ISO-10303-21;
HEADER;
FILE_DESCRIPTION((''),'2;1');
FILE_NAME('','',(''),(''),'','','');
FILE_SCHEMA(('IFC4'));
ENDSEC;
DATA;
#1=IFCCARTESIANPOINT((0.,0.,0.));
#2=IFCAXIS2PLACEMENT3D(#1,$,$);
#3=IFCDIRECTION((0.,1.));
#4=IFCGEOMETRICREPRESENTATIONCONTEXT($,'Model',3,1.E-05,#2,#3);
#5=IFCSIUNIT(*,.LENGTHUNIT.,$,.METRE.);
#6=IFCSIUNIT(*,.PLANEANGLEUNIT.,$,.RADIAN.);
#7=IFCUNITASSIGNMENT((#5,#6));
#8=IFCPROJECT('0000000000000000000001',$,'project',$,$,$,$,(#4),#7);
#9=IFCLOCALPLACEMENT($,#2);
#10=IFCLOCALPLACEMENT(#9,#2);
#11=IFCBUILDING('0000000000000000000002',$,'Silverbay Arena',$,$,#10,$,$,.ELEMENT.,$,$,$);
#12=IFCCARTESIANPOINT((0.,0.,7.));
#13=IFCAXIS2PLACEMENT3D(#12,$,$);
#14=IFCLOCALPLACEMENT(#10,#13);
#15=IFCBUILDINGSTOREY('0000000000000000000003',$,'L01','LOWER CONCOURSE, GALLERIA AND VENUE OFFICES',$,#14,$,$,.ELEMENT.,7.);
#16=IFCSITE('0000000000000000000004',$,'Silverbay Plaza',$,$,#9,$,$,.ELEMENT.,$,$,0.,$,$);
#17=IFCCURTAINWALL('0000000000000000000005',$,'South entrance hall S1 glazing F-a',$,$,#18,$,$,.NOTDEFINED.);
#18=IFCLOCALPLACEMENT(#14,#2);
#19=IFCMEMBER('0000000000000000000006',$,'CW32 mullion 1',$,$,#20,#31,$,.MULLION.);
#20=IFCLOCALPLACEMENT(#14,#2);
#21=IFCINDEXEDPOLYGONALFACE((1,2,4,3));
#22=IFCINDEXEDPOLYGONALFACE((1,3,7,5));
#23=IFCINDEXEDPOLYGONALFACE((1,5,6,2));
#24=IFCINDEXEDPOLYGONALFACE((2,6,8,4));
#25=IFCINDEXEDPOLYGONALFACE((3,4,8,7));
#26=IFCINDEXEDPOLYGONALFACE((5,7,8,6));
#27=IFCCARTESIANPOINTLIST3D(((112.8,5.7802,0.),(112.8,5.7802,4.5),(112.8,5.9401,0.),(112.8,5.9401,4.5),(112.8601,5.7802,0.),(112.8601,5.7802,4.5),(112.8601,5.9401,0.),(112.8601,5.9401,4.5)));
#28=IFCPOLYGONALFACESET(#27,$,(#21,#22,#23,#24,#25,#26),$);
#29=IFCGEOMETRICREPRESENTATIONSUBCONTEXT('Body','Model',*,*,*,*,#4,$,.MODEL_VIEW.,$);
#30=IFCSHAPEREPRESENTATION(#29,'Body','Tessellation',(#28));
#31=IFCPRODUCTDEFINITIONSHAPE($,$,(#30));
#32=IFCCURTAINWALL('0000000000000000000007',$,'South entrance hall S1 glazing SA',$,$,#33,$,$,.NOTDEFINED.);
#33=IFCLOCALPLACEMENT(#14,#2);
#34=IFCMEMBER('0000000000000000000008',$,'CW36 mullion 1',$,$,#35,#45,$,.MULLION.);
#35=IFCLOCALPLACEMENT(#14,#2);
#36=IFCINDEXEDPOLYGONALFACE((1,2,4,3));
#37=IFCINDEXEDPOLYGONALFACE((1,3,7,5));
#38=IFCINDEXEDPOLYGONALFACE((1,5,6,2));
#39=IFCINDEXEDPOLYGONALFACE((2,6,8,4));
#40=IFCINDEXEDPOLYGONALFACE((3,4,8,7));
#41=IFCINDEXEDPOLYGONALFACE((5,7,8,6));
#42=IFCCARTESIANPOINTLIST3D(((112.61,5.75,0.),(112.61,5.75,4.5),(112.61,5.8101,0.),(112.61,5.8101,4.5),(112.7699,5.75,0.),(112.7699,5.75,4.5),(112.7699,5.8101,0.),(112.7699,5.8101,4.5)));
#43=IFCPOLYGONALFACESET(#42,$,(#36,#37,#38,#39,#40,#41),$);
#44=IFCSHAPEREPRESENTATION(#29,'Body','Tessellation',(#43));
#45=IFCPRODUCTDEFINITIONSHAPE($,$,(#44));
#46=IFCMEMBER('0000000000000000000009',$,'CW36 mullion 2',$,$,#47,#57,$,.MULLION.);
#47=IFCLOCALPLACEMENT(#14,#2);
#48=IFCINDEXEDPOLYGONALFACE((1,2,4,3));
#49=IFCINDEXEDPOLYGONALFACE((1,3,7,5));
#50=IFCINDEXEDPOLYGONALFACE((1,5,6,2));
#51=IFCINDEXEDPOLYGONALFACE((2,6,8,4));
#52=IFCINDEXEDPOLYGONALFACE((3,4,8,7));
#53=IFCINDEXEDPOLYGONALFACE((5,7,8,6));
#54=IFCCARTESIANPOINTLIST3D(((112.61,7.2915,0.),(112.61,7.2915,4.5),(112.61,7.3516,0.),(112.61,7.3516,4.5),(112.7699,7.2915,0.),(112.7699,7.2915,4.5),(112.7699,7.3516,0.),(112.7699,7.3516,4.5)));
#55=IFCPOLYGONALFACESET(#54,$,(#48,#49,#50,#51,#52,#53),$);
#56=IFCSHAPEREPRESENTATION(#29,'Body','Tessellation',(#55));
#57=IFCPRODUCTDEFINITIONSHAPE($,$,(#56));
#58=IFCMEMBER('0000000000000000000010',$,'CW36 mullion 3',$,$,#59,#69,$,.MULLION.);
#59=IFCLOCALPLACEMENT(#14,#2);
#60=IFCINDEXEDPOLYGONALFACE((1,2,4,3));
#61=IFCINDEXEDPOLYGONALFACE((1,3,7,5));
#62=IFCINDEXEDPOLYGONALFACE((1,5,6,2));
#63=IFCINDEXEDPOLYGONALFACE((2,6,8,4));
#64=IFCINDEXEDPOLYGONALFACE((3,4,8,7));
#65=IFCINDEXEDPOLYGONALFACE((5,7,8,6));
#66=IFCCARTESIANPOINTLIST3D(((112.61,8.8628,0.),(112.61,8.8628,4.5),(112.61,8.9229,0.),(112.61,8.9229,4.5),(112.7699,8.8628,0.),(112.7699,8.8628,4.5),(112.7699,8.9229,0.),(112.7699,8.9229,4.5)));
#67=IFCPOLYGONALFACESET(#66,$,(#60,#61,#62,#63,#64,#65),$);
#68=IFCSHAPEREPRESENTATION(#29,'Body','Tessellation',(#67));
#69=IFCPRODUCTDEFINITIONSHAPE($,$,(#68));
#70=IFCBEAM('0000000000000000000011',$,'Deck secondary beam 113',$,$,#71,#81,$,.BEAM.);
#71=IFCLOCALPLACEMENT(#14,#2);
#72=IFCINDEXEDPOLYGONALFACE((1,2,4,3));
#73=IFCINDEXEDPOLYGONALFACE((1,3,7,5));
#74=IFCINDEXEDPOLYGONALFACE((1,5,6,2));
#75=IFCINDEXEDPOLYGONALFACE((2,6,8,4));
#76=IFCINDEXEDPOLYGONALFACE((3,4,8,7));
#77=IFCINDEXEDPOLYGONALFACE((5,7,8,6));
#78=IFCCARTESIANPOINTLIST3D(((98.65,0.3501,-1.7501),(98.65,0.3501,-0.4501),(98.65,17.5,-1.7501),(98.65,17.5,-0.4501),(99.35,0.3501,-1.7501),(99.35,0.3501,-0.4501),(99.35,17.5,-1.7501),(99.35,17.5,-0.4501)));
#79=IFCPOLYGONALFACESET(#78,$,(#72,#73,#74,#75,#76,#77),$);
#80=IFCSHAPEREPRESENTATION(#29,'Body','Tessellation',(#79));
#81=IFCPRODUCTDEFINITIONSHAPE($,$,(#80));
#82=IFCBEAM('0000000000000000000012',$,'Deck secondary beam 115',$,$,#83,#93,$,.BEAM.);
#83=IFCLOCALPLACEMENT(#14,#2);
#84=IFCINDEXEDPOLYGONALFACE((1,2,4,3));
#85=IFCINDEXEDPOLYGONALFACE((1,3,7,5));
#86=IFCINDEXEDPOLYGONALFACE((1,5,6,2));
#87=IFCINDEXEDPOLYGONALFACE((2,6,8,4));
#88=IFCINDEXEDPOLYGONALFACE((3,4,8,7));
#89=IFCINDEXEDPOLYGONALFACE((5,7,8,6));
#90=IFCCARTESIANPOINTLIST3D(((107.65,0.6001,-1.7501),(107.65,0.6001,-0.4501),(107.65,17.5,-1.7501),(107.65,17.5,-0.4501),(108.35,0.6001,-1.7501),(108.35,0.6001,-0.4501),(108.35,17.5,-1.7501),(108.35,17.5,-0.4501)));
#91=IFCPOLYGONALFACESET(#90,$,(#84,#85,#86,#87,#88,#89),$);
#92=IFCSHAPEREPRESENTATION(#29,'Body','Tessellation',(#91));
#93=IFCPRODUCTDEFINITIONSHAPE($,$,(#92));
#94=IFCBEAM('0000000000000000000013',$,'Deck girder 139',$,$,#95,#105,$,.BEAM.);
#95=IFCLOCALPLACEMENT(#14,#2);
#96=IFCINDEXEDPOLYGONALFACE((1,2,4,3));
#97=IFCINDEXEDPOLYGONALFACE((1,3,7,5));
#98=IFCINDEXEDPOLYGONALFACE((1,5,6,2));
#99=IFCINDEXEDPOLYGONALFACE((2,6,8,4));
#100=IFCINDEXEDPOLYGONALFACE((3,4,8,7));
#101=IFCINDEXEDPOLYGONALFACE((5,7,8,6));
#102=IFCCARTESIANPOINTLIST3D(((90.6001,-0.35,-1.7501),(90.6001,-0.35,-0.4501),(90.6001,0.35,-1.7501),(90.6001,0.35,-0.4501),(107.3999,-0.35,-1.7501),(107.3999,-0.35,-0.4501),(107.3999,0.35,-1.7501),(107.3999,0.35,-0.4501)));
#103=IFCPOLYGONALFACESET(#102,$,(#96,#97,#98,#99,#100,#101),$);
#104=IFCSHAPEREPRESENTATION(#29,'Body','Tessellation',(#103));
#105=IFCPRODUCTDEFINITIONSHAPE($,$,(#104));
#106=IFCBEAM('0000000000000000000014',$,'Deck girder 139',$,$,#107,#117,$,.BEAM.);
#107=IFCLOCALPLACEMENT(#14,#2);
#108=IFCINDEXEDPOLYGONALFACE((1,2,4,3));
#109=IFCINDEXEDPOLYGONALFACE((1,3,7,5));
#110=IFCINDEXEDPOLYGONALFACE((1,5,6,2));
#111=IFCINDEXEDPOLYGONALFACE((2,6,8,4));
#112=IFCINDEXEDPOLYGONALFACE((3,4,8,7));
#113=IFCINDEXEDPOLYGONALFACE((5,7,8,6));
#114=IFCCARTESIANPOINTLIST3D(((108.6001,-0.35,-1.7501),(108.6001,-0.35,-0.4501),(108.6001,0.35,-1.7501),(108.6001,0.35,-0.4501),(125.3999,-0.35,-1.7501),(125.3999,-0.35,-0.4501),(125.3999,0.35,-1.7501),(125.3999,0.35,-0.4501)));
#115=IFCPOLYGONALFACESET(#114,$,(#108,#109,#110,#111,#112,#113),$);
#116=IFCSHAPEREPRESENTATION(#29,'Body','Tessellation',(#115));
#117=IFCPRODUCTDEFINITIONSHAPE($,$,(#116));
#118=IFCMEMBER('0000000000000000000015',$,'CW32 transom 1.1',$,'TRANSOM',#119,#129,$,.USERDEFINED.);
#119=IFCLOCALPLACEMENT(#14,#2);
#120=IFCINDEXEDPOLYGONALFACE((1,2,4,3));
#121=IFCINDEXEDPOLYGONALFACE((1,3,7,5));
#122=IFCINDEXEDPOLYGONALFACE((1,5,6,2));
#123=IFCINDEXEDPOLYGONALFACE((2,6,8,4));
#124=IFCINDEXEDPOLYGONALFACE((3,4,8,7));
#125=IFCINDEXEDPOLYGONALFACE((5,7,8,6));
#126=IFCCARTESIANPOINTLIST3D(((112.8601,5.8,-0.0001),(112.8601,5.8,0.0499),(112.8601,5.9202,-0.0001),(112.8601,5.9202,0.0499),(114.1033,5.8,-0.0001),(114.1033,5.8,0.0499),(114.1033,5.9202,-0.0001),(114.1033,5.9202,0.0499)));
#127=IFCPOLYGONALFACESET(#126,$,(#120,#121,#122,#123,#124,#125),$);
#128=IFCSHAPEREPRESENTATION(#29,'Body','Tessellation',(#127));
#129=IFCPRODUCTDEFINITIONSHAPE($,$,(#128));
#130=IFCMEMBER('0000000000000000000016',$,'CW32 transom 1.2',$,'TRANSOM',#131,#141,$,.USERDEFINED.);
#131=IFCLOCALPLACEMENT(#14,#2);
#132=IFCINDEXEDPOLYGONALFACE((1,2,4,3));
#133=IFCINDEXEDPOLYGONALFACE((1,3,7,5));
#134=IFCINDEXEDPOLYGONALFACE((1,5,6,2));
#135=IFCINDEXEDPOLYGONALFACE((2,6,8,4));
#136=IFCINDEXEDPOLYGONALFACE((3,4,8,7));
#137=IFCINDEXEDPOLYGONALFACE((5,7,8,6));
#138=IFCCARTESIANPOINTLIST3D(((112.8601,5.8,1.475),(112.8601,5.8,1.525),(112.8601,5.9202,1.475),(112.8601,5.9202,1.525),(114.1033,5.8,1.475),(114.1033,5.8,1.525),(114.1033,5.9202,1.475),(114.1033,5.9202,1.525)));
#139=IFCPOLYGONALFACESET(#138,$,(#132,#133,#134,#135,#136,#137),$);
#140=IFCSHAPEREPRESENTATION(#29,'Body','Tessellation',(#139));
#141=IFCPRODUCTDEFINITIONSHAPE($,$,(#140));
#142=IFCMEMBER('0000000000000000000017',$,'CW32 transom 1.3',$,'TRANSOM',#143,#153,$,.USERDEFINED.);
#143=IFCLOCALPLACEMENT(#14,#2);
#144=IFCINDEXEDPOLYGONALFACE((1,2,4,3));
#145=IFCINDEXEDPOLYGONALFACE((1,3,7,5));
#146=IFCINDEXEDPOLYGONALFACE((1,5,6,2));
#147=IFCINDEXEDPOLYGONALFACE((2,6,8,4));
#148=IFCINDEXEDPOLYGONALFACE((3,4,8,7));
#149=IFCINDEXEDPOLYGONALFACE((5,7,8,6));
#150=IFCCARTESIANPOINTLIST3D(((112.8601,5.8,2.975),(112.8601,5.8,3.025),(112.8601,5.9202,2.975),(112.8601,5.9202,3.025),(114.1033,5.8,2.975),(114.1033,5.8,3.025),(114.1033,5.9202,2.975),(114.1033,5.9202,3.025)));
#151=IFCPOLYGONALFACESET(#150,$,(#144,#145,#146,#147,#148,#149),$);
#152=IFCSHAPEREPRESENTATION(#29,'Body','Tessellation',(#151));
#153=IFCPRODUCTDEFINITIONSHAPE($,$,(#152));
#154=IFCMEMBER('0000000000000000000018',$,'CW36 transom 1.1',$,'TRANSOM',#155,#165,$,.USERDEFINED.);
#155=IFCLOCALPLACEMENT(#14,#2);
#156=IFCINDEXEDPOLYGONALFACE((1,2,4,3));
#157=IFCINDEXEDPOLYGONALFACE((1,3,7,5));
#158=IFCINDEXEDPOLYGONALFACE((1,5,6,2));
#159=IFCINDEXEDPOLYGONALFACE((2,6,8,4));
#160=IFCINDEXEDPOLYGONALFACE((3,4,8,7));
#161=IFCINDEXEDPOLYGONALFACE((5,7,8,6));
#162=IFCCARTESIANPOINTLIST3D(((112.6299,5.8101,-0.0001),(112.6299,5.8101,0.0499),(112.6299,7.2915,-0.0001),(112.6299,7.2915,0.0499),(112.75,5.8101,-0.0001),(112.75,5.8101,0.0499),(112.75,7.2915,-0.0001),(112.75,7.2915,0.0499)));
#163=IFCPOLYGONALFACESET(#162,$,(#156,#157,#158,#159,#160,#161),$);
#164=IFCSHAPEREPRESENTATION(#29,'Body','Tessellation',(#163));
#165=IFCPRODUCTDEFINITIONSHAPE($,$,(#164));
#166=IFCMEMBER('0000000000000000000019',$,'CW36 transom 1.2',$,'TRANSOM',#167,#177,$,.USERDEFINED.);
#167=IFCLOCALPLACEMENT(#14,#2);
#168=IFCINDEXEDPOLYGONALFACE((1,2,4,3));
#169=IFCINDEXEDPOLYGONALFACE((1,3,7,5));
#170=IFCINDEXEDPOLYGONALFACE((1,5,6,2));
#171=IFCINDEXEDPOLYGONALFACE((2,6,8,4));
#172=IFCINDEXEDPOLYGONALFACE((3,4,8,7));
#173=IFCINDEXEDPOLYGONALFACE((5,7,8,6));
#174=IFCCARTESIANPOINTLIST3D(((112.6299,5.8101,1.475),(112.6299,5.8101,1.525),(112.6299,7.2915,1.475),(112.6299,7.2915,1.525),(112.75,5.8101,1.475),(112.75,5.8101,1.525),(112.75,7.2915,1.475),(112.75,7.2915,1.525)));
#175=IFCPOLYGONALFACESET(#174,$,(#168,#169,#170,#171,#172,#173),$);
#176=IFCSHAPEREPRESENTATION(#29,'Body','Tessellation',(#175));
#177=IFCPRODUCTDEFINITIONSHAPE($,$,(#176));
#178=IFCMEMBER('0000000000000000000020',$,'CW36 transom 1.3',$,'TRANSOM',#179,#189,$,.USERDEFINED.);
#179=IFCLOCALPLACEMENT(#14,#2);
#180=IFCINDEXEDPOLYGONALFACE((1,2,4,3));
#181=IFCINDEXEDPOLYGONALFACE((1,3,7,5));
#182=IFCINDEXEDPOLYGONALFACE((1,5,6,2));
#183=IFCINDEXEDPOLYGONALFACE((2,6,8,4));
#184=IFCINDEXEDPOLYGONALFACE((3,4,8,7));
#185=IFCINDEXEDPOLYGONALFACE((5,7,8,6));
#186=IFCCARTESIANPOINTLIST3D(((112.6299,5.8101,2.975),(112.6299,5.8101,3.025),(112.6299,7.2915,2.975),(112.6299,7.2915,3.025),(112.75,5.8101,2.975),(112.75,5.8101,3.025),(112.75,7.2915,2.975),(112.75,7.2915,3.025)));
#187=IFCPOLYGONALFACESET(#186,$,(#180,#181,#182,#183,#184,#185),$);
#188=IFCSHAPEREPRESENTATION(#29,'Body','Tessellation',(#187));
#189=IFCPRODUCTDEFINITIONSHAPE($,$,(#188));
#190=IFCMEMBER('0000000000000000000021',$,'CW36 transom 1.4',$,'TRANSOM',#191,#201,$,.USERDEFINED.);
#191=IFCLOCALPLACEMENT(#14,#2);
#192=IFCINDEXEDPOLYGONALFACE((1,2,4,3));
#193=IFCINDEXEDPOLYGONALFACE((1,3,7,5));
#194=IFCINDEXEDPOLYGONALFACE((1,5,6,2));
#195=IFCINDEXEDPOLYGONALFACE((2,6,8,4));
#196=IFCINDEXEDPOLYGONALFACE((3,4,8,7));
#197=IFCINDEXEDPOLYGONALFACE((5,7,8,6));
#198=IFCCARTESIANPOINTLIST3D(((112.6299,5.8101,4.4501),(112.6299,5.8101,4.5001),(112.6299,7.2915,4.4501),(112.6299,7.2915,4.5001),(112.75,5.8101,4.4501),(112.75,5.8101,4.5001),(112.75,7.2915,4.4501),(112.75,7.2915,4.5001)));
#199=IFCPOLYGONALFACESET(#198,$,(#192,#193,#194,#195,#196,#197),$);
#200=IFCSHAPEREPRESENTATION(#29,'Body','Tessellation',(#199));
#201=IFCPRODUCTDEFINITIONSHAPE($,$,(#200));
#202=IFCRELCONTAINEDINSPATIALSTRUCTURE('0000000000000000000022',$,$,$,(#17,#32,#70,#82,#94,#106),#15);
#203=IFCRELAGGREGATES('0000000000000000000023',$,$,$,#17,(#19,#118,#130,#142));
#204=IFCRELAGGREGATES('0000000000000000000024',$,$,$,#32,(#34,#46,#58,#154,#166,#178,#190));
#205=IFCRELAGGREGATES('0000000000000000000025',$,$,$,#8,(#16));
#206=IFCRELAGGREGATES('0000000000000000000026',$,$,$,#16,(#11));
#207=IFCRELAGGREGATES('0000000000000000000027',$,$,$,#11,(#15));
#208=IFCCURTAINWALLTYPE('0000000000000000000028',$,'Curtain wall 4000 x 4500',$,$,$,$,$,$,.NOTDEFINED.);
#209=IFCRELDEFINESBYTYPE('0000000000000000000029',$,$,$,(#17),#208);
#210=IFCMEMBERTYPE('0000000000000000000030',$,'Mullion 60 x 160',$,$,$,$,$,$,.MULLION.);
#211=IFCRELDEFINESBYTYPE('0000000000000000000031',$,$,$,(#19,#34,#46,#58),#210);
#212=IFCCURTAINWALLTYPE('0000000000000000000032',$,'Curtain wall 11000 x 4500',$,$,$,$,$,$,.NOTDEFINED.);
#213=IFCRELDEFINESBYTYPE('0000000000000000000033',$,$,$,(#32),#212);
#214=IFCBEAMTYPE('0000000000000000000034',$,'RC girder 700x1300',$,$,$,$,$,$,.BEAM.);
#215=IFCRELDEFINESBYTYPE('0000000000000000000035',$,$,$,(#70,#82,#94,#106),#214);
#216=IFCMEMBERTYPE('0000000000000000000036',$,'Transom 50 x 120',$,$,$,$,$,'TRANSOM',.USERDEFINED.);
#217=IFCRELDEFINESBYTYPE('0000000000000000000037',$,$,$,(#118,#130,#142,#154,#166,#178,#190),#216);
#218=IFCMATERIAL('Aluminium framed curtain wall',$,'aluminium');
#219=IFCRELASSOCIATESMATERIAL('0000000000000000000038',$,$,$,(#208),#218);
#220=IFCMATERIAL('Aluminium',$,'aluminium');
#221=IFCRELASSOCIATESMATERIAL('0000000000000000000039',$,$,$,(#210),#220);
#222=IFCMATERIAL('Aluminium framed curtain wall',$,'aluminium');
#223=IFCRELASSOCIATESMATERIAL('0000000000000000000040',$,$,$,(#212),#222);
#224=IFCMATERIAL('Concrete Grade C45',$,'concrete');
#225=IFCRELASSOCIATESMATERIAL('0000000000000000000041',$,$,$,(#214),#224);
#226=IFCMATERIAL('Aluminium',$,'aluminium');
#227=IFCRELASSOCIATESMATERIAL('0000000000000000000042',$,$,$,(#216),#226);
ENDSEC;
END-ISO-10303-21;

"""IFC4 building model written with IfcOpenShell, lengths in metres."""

from ifc_helpers import new_model, si_unit, direction, frame, origin, origin_2d, place, context, subcontext, project, spatial, rectangle, extrude, material, material_profile, profile_set, type_object, element, aggregate, save


model = new_model("IFC4")

# Units and contexts
model_context = context("Model", 3, precision=1e-05, world=origin(), true_north=direction((0.0, 1.0)))
body_context = subcontext(model_context, "Body", "Model", "MODEL_VIEW")
ifc_project = project(units=[si_unit("LENGTHUNIT", "METRE"), si_unit("PLANEANGLEUNIT", "RADIAN")], contexts=[model_context])

# Site, building, storey
site_placement = place(None, origin())
site = spatial("IfcSite", under=ifc_project, at=site_placement, Name="Silverbay Plaza", CompositionType="ELEMENT", RefElevation=0.0)
building_placement = place(site_placement, origin())
building = spatial("IfcBuilding", under=site, at=building_placement, Name="Silverbay Arena", CompositionType="ELEMENT")
storey_placement = place(building_placement, frame((0.0, 0.0, 7.0)))
storey = spatial("IfcBuildingStorey", under=building, at=storey_placement, Name="L01", Description="LOWER CONCOURSE, GALLERIA AND VENUE OFFICES", CompositionType="ELEMENT", Elevation=7.0)

# Curtain wall, member
ifc_material_1 = material(Name="Aluminium framed curtain wall", Category="aluminium")
curtain_wall_type_1 = type_object("IfcCurtainWallType", Name="Curtain wall 4000 x 4500", PredefinedType="NOTDEFINED", material=ifc_material_1)
curtain_wall_1_placement = place(storey_placement, origin())
curtain_wall_1 = element("IfcCurtainWall", 1, at=curtain_wall_1_placement, inside=storey, type_object=curtain_wall_type_1, Name="South entrance hall S1 glazing F-a", PredefinedType="NOTDEFINED")
ifc_material_2 = material(Name="Aluminium", Category="aluminium")
ifc_material_profile_1 = material_profile(ifc_material_2, rectangle(XDim=0.1599, YDim=0.0601, at=origin_2d()), Name="Mullion 60 x 160")
ifc_profile_set_1 = profile_set([ifc_material_profile_1], Name="Aluminium")
member_type_1 = type_object("IfcMemberType", Name="Mullion 60 x 160", PredefinedType="MULLION", material=ifc_profile_set_1)
member_1_placement = place(storey_placement, frame((112.8301, 5.8601, 0.0), z_axis=(0.0, 0.0, 1.0), x_axis=(0.0, 1.0, 0.0)))
member_1 = element("IfcMember", 2, at=member_1_placement, type_object=member_type_1, Name="CW32 mullion 1", PredefinedType="MULLION", context=body_context, shape_type="SweptSolid", body=[
    extrude(rectangle(XDim=0.1599, YDim=0.0601, at=origin_2d()), origin(), (0.0, 0.0, 1.0), 4.5),
])

# Curtain wall, members
ifc_material_3 = material(Name="Aluminium framed curtain wall", Category="aluminium")
curtain_wall_type_2 = type_object("IfcCurtainWallType", Name="Curtain wall 11000 x 4500", PredefinedType="NOTDEFINED", material=ifc_material_3)
curtain_wall_2_placement = place(storey_placement, origin())
curtain_wall_2 = element("IfcCurtainWall", 3, at=curtain_wall_2_placement, inside=storey, type_object=curtain_wall_type_2, Name="South entrance hall S1 glazing SA", PredefinedType="NOTDEFINED")
member_2_placement = place(storey_placement, frame((112.6899, 5.78, 0.0), z_axis=(0.0, 0.0, 1.0), x_axis=(-1.0, 0.0, 0.0)))
member_2 = element("IfcMember", 4, at=member_2_placement, type_object=member_type_1, Name="CW36 mullion 1", PredefinedType="MULLION", context=body_context, shape_type="SweptSolid", body=[
    extrude(rectangle(XDim=0.1599, YDim=0.0601, at=origin_2d()), origin(), (0.0, 0.0, 1.0), 4.5),
])
member_3_placement = place(storey_placement, frame((112.6899, 7.3215, 0.0), z_axis=(0.0, 0.0, 1.0), x_axis=(-1.0, 0.0, 0.0)))
member_3 = element("IfcMember", 5, at=member_3_placement, type_object=member_type_1, Name="CW36 mullion 2", PredefinedType="MULLION", context=body_context, shape_type="SweptSolid", body=[
    extrude(rectangle(XDim=0.1599, YDim=0.0601, at=origin_2d()), origin(), (0.0, 0.0, 1.0), 4.5),
])
member_4_placement = place(storey_placement, frame((112.6899, 8.8928, 0.0), z_axis=(0.0, 0.0, 1.0), x_axis=(-1.0, 0.0, 0.0)))
member_4 = element("IfcMember", 6, at=member_4_placement, type_object=member_type_1, Name="CW36 mullion 3", PredefinedType="MULLION", context=body_context, shape_type="SweptSolid", body=[
    extrude(rectangle(XDim=0.1599, YDim=0.0601, at=origin_2d()), origin(), (0.0, 0.0, 1.0), 4.5),
])

# Beams
ifc_material_4 = material(Name="Concrete Grade C45", Category="concrete")
ifc_material_profile_2 = material_profile(ifc_material_4, rectangle(XDim=0.7, YDim=1.3, at=origin_2d()), Name="RC 700x1300")
ifc_profile_set_2 = profile_set([ifc_material_profile_2], Name="Concrete Grade C45")
beam_type = type_object("IfcBeamType", Name="RC girder 700x1300", PredefinedType="BEAM", material=ifc_profile_set_2)
beam_1_placement = place(storey_placement, frame((99.0, 0.3501, -1.1001), z_axis=(0.0, 1.0, 0.0), x_axis=(-1.0, 0.0, 0.0)))
element("IfcBeam", 7, at=beam_1_placement, inside=storey, type_object=beam_type, Name="Deck secondary beam 113", PredefinedType="BEAM", context=body_context, shape_type="SweptSolid", body=[
    extrude(rectangle(XDim=0.7, YDim=1.3, at=origin_2d()), origin(), (0.0, 0.0, 1.0), 17.1499),
])
beam_2_placement = place(storey_placement, frame((108.0, 0.6001, -1.1001), z_axis=(0.0, 1.0, 0.0), x_axis=(-1.0, 0.0, 0.0)))
element("IfcBeam", 8, at=beam_2_placement, inside=storey, type_object=beam_type, Name="Deck secondary beam 115", PredefinedType="BEAM", context=body_context, shape_type="SweptSolid", body=[
    extrude(rectangle(XDim=0.7, YDim=1.3, at=origin_2d()), origin(), (0.0, 0.0, 1.0), 16.8999),
])
for number, where, z_axis, x_axis, name in (
    (9, (90.6001, 0.0, -1.1001), (1.0, 0.0, 0.0), (0.0, 1.0, 0.0), "Deck girder 139"),
    (10, (108.6001, 0.0, -1.1001), (1.0, 0.0, 0.0), (0.0, 1.0, 0.0), "Deck girder 139"),
):
    element("IfcBeam", number, at=place(storey_placement, frame(where, z_axis=z_axis, x_axis=x_axis)), inside=storey, type_object=beam_type, Name=name, PredefinedType="BEAM", context=body_context, shape_type="SweptSolid", body=[
        extrude(rectangle(XDim=0.7, YDim=1.3, at=origin_2d()), origin(), (0.0, 0.0, 1.0), 16.7998),
    ])

# Members
ifc_material_5 = material(Name="Aluminium", Category="aluminium")
ifc_material_profile_3 = material_profile(ifc_material_5, rectangle(XDim=0.1201, YDim=0.05, at=origin_2d()), Name="Transom 50 x 120")
ifc_profile_set_3 = profile_set([ifc_material_profile_3], Name="Aluminium")
member_type_2 = type_object("IfcMemberType", Name="Transom 50 x 120", ElementType="TRANSOM", PredefinedType="USERDEFINED", material=ifc_profile_set_3)
member_5_placement = place(storey_placement, frame((112.8601, 5.8601, 0.0249), z_axis=(1.0, 0.0, 0.0), x_axis=(0.0, 1.0, 0.0)))
member_5 = element("IfcMember", 11, at=member_5_placement, type_object=member_type_2, Name="CW32 transom 1.1", ObjectType="TRANSOM", PredefinedType="USERDEFINED", context=body_context, shape_type="SweptSolid", body=[
    extrude(rectangle(XDim=0.1201, YDim=0.05, at=origin_2d()), origin(), (0.0, 0.0, 1.0), 1.2432),
])
member_6_placement = place(storey_placement, frame((112.8601, 5.8601, 1.5), z_axis=(1.0, 0.0, 0.0), x_axis=(0.0, 1.0, 0.0)))
member_6 = element("IfcMember", 12, at=member_6_placement, type_object=member_type_2, Name="CW32 transom 1.2", ObjectType="TRANSOM", PredefinedType="USERDEFINED", context=body_context, shape_type="SweptSolid", body=[
    extrude(rectangle(XDim=0.1201, YDim=0.05, at=origin_2d()), origin(), (0.0, 0.0, 1.0), 1.2432),
])
member_7_placement = place(storey_placement, frame((112.8601, 5.8601, 3.0), z_axis=(1.0, 0.0, 0.0), x_axis=(0.0, 1.0, 0.0)))
member_7 = element("IfcMember", 13, at=member_7_placement, type_object=member_type_2, Name="CW32 transom 1.3", ObjectType="TRANSOM", PredefinedType="USERDEFINED", context=body_context, shape_type="SweptSolid", body=[
    extrude(rectangle(XDim=0.1201, YDim=0.05, at=origin_2d()), origin(), (0.0, 0.0, 1.0), 1.2432),
])
aggregate(curtain_wall_1, [member_1, member_5, member_6, member_7])
member_8_placement = place(storey_placement, frame((112.6899, 5.8101, 0.0249), z_axis=(0.0, 1.0, 0.0), x_axis=(-1.0, 0.0, 0.0)))
member_8 = element("IfcMember", 14, at=member_8_placement, type_object=member_type_2, Name="CW36 transom 1.1", ObjectType="TRANSOM", PredefinedType="USERDEFINED", context=body_context, shape_type="SweptSolid", body=[
    extrude(rectangle(XDim=0.1201, YDim=0.05, at=origin_2d()), origin(), (0.0, 0.0, 1.0), 1.4814),
])
member_9_placement = place(storey_placement, frame((112.6899, 5.8101, 1.5), z_axis=(0.0, 1.0, 0.0), x_axis=(-1.0, 0.0, 0.0)))
member_9 = element("IfcMember", 15, at=member_9_placement, type_object=member_type_2, Name="CW36 transom 1.2", ObjectType="TRANSOM", PredefinedType="USERDEFINED", context=body_context, shape_type="SweptSolid", body=[
    extrude(rectangle(XDim=0.1201, YDim=0.05, at=origin_2d()), origin(), (0.0, 0.0, 1.0), 1.4814),
])
member_10_placement = place(storey_placement, frame((112.6899, 5.8101, 3.0), z_axis=(0.0, 1.0, 0.0), x_axis=(-1.0, 0.0, 0.0)))
member_10 = element("IfcMember", 16, at=member_10_placement, type_object=member_type_2, Name="CW36 transom 1.3", ObjectType="TRANSOM", PredefinedType="USERDEFINED", context=body_context, shape_type="SweptSolid", body=[
    extrude(rectangle(XDim=0.1201, YDim=0.05, at=origin_2d()), origin(), (0.0, 0.0, 1.0), 1.4814),
])
member_11_placement = place(storey_placement, frame((112.6899, 5.8101, 4.4751), z_axis=(0.0, 1.0, 0.0), x_axis=(-1.0, 0.0, 0.0)))
member_11 = element("IfcMember", 17, at=member_11_placement, type_object=member_type_2, Name="CW36 transom 1.4", ObjectType="TRANSOM", PredefinedType="USERDEFINED", context=body_context, shape_type="SweptSolid", body=[
    extrude(rectangle(XDim=0.1201, YDim=0.05, at=origin_2d()), origin(), (0.0, 0.0, 1.0), 1.4814),
])

aggregate(curtain_wall_2, [member_2, member_3, member_4, member_8, member_9, member_10, member_11])

save(model, "model.ifc")
